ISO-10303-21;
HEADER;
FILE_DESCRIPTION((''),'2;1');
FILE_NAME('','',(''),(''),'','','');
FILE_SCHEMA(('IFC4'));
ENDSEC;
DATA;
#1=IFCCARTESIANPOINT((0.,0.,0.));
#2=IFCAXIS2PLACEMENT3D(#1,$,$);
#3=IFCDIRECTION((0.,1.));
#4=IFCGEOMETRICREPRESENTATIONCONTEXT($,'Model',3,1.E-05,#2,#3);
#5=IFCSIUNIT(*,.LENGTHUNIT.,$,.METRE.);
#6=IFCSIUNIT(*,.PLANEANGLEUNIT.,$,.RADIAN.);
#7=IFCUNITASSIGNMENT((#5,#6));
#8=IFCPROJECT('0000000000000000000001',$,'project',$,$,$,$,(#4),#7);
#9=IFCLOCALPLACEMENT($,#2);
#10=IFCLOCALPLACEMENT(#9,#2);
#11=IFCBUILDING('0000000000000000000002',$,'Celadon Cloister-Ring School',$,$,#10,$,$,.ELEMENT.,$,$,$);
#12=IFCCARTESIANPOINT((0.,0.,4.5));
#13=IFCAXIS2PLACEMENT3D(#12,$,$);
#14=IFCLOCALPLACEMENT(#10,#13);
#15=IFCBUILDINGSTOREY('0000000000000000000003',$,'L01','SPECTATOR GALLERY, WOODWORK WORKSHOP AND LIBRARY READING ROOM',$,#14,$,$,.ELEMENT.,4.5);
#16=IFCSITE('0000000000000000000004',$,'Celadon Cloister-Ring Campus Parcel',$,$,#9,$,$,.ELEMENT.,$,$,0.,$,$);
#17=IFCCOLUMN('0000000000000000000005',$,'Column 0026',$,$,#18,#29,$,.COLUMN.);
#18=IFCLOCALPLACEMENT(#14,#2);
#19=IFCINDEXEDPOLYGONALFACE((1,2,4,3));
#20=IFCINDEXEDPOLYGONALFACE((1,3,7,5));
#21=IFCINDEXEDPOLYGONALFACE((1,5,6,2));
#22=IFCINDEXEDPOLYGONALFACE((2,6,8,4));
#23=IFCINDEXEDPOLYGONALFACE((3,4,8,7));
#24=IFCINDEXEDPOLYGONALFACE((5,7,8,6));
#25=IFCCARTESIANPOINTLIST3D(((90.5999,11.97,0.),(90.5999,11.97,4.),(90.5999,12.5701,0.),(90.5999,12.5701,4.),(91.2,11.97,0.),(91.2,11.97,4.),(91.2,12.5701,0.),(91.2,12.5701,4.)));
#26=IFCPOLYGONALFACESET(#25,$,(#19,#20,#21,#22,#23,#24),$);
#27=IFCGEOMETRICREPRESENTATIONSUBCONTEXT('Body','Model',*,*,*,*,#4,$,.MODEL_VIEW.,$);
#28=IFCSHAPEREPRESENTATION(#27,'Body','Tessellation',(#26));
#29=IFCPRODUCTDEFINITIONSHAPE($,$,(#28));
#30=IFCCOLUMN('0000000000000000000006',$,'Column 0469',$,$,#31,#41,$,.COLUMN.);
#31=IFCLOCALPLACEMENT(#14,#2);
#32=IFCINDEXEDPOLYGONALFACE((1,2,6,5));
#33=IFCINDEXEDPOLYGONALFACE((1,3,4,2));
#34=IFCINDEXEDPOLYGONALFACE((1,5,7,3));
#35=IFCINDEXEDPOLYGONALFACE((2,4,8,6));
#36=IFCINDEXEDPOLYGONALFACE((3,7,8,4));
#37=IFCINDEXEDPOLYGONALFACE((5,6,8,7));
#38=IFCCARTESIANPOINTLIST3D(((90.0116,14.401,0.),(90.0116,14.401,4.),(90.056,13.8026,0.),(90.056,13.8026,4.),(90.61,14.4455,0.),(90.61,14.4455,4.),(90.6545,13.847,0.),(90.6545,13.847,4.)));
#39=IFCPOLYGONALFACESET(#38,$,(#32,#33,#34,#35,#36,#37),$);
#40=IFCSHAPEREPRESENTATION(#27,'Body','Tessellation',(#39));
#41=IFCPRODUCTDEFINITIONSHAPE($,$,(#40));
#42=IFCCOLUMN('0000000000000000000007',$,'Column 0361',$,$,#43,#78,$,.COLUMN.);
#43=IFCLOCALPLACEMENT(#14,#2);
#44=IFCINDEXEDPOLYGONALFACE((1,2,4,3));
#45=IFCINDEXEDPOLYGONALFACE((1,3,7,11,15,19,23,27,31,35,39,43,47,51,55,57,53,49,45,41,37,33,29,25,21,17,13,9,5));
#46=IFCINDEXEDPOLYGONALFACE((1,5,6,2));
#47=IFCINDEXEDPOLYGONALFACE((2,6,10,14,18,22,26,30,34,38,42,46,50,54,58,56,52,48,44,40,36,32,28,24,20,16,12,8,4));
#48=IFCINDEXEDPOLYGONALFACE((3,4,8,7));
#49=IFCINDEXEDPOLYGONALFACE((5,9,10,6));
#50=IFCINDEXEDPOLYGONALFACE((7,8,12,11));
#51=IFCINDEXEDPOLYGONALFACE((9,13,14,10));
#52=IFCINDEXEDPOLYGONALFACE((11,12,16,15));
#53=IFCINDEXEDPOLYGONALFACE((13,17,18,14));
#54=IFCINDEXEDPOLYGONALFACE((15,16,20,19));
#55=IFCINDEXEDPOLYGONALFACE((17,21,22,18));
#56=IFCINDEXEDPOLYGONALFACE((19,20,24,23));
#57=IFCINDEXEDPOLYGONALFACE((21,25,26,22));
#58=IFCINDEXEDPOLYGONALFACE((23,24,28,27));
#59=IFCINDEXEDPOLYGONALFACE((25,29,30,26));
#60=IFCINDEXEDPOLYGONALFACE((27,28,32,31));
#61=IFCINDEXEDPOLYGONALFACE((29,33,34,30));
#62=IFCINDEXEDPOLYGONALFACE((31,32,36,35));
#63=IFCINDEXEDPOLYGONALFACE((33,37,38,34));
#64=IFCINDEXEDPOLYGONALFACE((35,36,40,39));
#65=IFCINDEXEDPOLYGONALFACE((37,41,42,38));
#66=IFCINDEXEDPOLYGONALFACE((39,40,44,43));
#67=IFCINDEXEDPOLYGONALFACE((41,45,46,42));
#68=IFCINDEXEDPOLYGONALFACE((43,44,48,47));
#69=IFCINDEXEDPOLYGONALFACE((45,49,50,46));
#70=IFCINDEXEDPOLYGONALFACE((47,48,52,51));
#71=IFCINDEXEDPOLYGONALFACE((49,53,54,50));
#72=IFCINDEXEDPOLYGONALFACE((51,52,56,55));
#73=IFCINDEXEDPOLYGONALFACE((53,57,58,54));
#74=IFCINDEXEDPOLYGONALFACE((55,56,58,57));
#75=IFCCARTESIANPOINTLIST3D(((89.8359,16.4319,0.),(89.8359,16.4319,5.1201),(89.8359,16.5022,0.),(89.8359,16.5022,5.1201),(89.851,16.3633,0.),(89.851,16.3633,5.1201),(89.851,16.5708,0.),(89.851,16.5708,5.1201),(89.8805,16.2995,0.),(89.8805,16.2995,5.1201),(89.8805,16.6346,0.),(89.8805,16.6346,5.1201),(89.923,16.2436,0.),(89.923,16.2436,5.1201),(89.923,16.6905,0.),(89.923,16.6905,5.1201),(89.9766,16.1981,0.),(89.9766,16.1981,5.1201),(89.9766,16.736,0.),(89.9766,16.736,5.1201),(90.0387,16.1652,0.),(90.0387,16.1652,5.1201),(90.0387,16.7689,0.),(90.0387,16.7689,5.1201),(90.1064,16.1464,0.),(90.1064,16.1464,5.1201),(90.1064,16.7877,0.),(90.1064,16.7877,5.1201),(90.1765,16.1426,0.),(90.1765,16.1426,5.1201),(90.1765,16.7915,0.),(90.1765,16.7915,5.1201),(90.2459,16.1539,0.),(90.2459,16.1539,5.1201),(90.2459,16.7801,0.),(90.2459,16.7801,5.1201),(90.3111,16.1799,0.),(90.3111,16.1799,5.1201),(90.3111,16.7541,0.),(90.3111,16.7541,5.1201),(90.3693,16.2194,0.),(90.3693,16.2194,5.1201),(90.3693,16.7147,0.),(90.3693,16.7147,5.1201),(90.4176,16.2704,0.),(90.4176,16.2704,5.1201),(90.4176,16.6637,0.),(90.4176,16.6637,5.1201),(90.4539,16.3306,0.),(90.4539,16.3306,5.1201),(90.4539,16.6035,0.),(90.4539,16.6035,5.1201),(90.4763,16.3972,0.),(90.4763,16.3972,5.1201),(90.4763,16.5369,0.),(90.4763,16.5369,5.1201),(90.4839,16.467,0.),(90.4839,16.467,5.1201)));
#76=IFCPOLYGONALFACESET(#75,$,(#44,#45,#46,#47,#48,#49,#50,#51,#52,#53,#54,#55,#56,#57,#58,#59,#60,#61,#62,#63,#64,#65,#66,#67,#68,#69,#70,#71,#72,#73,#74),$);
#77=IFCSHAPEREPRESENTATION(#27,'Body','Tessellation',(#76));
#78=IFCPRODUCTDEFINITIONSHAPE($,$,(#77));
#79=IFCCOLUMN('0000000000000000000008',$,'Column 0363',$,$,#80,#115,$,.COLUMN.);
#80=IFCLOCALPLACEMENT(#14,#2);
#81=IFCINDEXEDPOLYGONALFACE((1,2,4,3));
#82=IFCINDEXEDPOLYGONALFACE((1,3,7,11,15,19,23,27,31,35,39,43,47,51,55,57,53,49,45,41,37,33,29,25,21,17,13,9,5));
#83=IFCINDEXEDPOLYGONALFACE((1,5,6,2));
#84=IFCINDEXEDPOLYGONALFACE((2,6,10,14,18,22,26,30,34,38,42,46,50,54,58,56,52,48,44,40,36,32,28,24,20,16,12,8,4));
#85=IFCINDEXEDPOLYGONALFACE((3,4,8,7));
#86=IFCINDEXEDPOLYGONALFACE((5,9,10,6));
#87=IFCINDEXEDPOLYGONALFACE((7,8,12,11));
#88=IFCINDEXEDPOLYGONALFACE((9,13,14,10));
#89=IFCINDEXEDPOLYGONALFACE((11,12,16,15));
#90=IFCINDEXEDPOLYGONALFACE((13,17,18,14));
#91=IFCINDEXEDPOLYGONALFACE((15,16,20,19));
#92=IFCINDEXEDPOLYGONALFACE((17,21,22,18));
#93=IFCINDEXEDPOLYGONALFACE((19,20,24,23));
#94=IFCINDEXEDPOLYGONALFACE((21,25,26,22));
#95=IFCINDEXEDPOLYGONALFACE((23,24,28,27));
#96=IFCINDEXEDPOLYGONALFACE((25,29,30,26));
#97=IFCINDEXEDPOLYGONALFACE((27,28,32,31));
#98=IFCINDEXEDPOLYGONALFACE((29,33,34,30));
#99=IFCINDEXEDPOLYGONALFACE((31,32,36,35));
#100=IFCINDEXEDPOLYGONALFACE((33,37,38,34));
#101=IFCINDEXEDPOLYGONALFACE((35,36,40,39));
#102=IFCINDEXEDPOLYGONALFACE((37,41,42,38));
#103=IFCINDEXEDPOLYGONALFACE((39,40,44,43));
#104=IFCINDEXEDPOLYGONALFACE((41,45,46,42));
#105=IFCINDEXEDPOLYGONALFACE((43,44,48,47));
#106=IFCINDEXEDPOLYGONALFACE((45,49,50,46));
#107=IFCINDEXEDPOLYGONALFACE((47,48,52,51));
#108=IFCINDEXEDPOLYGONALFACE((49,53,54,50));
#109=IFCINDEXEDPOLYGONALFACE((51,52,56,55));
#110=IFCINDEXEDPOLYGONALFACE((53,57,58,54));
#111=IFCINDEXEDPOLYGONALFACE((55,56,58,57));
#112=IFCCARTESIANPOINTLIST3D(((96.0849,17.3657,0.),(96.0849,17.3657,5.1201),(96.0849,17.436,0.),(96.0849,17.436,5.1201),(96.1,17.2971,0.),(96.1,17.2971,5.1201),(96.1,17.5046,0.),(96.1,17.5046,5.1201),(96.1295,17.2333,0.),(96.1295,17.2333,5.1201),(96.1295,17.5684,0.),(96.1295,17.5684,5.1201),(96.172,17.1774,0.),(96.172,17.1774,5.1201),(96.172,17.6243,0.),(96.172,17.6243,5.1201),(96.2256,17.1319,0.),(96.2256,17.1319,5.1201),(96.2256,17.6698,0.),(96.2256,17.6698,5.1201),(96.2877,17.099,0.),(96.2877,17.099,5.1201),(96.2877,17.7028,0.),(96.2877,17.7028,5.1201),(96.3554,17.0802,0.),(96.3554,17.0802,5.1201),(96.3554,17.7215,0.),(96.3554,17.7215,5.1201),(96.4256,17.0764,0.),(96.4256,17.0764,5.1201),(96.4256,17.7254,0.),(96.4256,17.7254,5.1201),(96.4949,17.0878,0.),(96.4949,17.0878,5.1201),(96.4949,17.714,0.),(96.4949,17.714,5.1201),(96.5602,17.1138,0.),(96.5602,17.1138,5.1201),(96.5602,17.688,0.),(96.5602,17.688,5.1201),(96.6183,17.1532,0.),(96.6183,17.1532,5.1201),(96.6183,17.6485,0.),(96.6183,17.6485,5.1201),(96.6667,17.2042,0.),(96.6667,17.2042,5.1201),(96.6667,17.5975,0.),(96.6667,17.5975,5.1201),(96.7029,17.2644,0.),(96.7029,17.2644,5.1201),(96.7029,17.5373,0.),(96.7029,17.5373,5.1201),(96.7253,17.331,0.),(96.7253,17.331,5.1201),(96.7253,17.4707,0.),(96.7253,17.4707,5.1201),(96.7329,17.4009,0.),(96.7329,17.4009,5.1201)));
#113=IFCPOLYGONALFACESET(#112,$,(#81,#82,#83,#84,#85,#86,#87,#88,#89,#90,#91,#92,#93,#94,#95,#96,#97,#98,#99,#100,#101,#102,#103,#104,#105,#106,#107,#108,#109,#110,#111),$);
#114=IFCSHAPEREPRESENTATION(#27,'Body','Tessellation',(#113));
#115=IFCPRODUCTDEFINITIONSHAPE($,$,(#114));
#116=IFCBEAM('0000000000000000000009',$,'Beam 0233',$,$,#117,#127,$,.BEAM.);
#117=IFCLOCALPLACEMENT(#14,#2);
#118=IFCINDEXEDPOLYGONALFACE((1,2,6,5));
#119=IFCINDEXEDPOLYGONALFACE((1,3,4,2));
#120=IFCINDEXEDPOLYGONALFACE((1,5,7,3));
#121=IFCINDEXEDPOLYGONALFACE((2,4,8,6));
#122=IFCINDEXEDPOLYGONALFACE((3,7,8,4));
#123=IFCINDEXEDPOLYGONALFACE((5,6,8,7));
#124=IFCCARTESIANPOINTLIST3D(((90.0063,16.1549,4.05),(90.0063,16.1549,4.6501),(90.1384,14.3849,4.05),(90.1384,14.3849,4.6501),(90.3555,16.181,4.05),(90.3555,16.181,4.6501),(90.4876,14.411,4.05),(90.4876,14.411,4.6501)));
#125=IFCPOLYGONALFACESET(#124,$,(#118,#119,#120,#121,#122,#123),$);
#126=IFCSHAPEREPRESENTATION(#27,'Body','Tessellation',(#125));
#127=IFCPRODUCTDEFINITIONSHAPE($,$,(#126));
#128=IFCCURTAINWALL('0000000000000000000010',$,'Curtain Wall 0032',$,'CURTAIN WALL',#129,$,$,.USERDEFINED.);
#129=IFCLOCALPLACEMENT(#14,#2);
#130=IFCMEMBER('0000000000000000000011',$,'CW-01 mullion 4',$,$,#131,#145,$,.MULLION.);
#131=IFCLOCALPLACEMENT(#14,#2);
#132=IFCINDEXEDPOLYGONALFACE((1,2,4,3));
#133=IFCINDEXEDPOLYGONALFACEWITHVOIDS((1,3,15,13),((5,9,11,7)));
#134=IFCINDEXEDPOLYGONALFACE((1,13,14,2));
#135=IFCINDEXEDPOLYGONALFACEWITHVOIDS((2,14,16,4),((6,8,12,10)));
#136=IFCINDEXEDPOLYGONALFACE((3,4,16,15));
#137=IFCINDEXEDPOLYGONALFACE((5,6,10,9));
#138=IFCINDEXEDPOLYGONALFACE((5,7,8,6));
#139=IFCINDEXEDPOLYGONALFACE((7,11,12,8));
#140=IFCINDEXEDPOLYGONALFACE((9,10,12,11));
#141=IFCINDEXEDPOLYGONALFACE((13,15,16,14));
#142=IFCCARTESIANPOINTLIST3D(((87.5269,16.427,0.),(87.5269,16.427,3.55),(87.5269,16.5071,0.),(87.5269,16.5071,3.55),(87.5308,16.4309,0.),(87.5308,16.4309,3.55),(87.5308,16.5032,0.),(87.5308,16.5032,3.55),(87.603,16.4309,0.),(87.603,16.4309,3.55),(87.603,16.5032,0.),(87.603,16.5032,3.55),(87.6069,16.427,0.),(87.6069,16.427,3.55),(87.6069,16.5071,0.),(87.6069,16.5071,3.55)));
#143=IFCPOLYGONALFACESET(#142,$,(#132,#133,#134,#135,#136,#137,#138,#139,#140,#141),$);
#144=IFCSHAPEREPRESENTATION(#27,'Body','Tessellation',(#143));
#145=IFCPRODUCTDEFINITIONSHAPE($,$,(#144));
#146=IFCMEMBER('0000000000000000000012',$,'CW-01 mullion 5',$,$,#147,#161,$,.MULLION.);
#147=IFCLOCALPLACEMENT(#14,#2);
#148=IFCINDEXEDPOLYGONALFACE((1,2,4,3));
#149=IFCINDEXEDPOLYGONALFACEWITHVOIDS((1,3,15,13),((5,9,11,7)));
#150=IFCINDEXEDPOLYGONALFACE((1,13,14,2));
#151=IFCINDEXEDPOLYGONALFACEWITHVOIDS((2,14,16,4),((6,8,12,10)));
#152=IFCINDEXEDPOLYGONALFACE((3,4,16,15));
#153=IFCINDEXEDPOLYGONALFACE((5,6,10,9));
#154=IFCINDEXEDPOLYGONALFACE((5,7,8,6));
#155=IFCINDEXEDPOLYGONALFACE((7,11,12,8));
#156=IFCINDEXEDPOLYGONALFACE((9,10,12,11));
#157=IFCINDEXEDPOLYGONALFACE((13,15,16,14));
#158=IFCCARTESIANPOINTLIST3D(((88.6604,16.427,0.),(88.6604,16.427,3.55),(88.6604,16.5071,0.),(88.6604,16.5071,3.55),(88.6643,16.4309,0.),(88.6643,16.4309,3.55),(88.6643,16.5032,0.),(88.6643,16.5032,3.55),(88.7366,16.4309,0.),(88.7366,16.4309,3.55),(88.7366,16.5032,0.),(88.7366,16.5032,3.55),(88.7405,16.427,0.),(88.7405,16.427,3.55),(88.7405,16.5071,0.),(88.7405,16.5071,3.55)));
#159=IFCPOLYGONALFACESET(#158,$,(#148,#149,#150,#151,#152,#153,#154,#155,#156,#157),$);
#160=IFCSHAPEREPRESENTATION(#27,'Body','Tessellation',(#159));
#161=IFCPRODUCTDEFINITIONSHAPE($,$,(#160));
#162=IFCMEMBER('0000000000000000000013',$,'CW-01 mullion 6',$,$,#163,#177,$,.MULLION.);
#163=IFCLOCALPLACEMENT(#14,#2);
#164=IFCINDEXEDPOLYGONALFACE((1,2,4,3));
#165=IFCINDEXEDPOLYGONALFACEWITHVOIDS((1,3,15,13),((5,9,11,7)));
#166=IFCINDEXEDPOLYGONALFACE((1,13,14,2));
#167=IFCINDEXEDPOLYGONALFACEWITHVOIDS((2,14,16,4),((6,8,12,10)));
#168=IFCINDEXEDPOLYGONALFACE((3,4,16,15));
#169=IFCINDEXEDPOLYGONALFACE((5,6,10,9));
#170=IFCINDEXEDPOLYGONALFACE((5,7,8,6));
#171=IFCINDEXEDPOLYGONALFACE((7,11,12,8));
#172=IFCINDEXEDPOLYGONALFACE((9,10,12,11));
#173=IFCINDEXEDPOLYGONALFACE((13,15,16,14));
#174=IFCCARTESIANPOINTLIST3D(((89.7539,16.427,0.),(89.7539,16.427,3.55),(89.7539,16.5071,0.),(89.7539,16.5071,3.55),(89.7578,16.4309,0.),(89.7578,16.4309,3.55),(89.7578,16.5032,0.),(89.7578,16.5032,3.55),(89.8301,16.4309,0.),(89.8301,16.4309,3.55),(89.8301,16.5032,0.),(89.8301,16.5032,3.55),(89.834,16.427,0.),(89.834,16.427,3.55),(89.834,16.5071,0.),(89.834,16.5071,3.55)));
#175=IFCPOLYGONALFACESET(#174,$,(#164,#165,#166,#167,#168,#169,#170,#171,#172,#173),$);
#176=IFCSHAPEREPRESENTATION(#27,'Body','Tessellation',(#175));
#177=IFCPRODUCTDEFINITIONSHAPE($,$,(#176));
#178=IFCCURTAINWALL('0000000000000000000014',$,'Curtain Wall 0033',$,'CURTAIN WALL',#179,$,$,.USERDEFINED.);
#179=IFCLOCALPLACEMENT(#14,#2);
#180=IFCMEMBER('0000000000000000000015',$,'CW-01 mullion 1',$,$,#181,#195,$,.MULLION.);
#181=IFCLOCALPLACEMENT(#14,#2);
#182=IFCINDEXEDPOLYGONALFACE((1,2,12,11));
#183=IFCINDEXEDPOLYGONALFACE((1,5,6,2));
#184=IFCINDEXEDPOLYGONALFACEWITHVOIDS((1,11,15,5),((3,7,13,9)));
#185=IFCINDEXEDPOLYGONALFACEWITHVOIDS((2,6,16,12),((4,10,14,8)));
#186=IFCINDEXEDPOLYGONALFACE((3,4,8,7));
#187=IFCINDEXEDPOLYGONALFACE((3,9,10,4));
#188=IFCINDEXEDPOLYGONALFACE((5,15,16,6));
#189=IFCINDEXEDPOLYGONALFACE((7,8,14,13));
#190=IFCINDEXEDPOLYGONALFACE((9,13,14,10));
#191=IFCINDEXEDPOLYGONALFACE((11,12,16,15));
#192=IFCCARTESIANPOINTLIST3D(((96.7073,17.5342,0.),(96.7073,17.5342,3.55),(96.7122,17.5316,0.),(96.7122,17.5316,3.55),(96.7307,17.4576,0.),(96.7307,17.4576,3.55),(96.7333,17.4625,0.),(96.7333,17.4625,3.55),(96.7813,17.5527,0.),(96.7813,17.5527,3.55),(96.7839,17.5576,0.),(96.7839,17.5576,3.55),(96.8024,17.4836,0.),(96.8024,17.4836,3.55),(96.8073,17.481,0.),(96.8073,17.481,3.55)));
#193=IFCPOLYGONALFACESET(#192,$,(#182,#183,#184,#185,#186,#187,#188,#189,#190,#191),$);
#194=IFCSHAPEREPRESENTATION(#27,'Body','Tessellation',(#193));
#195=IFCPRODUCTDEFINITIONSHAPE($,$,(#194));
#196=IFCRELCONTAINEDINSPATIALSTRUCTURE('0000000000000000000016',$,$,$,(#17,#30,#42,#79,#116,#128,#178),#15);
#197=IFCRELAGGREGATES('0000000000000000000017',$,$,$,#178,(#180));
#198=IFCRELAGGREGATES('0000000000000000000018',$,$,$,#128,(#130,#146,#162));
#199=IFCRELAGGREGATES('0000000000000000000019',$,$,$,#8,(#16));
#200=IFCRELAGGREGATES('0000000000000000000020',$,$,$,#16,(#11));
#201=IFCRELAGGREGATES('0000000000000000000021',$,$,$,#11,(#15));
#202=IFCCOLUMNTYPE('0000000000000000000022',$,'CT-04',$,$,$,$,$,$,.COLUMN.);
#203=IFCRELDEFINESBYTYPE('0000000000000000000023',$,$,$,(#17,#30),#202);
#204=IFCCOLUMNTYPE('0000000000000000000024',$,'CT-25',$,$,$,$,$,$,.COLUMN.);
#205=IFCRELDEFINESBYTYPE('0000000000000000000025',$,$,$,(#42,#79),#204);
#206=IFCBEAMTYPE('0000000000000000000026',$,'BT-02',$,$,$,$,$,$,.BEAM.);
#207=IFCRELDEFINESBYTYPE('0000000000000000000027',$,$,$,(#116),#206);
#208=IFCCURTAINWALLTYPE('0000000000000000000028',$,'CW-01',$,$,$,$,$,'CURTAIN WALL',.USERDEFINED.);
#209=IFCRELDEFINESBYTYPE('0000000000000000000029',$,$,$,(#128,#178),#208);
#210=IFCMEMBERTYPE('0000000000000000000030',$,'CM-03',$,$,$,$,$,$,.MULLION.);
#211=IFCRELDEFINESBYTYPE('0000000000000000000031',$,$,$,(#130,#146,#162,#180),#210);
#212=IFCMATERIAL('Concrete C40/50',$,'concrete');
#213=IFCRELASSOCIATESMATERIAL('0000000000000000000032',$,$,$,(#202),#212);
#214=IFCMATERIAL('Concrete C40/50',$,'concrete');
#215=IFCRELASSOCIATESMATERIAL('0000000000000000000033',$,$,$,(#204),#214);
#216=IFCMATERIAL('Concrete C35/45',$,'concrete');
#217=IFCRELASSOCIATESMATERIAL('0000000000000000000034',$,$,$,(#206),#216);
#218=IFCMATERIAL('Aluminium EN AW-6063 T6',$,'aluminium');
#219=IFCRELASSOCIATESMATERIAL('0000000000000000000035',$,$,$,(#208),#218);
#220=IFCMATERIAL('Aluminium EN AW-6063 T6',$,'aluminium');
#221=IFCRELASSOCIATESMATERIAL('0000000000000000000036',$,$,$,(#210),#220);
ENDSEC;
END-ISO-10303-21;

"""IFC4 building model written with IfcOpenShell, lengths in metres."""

from ifc_helpers import new_model, si_unit, direction, frame, origin, origin_2d, place, context, subcontext, project, spatial, rectangle, hollow_rectangle, circle, extrude, material, material_profile, profile_set, type_object, element, aggregate, save


model = new_model("IFC4")

# Units and contexts
model_context = context("Model", 3, precision=1e-05, world=origin(), true_north=direction((0.0, 1.0)))
body_context = subcontext(model_context, "Body", "Model", "MODEL_VIEW")
ifc_project = project(units=[si_unit("LENGTHUNIT", "METRE"), si_unit("PLANEANGLEUNIT", "RADIAN")], contexts=[model_context])

# Site, building, storey
site_placement = place(None, origin())
site = spatial("IfcSite", under=ifc_project, at=site_placement, Name="Celadon Cloister-Ring Campus Parcel", CompositionType="ELEMENT", RefElevation=0.0)
building_placement = place(site_placement, origin())
building = spatial("IfcBuilding", under=site, at=building_placement, Name="Celadon Cloister-Ring School", CompositionType="ELEMENT")
storey_placement = place(building_placement, frame((0.0, 0.0, 4.5)))
storey = spatial("IfcBuildingStorey", under=building, at=storey_placement, Name="L01", Description="SPECTATOR GALLERY, WOODWORK WORKSHOP AND LIBRARY READING ROOM", CompositionType="ELEMENT", Elevation=4.5)

# Columns
ifc_material_1 = material(Name="Concrete C40/50", Category="concrete")
ifc_material_profile_1 = material_profile(ifc_material_1, rectangle(XDim=0.6001, YDim=0.6001, at=origin_2d()), Name="RC600X600")
ifc_profile_set_1 = profile_set([ifc_material_profile_1], Name="Concrete C40/50")
column_type_1 = type_object("IfcColumnType", Name="CT-04", PredefinedType="COLUMN", material=ifc_profile_set_1)
for number, where, z_axis, x_axis, name in (
    (1, (90.8999, 12.27, 0.0), (0.0, 0.0, 1.0), (1.0, 0.0, 0.0), "Column 0026"),
    (2, (90.333, 14.124, 0.0), (0.0, 0.0, 1.0), (0.074074, -0.997253, 0.0), "Column 0469"),
):
    element("IfcColumn", number, at=place(storey_placement, frame(where, z_axis=z_axis, x_axis=x_axis)), inside=storey, type_object=column_type_1, Name=name, PredefinedType="COLUMN", context=body_context, shape_type="SweptSolid", body=[
        extrude(rectangle(XDim=0.6001, YDim=0.6001, at=origin_2d()), origin(), (0.0, 0.0, 1.0), 4.0),
    ])
ifc_material_2 = material(Name="Concrete C40/50", Category="concrete")
ifc_material_profile_2 = material_profile(ifc_material_2, circle(Radius=0.325, at=origin_2d()), Name="CIRC650")
ifc_profile_set_2 = profile_set([ifc_material_profile_2], Name="Concrete C40/50")
column_type_2 = type_object("IfcColumnType", Name="CT-25", PredefinedType="COLUMN", material=ifc_profile_set_2)
for number, where, z_axis, x_axis, name in (
    (3, (90.1589, 16.467, 0.0), (0.0, 0.0, 1.0), (1.0, 0.0, 0.0), "Column 0361"),
    (4, (96.408, 17.4009, 0.0), (0.0, 0.0, 1.0), (1.0, 0.0, 0.0), "Column 0363"),
):
    element("IfcColumn", number, at=place(storey_placement, frame(where, z_axis=z_axis, x_axis=x_axis)), inside=storey, type_object=column_type_2, Name=name, PredefinedType="COLUMN", context=body_context, shape_type="SweptSolid", body=[
        extrude(circle(Radius=0.325, at=origin_2d()), origin(), (0.0, 0.0, 1.0), 5.1201),
    ])

# Beam
ifc_material_3 = material(Name="Concrete C35/45", Category="concrete")
ifc_material_profile_3 = material_profile(ifc_material_3, rectangle(XDim=0.3501, YDim=0.6001, at=origin_2d()), Name="RC350X600")
ifc_profile_set_3 = profile_set([ifc_material_profile_3], Name="Concrete C35/45")
beam_type_1 = type_object("IfcBeamType", Name="BT-02", PredefinedType="BEAM", material=ifc_profile_set_3)
beam_1_placement = place(storey_placement, frame((90.313, 14.3979, 4.3501), z_axis=(-0.074414, 0.997227, 0.0), x_axis=(-0.997227, -0.074414, 0.0)))
element("IfcBeam", 5, at=beam_1_placement, inside=storey, type_object=beam_type_1, Name="Beam 0233", PredefinedType="BEAM", context=body_context, shape_type="SweptSolid", body=[
    extrude(rectangle(XDim=0.3501, YDim=0.6001, at=origin_2d()), origin(), (0.0, 0.0, 1.0), 1.7749),
])

# Curtain wall, members
ifc_material_4 = material(Name="Aluminium EN AW-6063 T6", Category="aluminium")
curtain_wall_type = type_object("IfcCurtainWallType", Name="CW-01", ElementType="CURTAIN WALL", PredefinedType="USERDEFINED", material=ifc_material_4)
curtain_wall_1_placement = place(storey_placement, origin())
curtain_wall_1 = element("IfcCurtainWall", 6, at=curtain_wall_1_placement, inside=storey, type_object=curtain_wall_type, Name="Curtain Wall 0032", ObjectType="CURTAIN WALL", PredefinedType="USERDEFINED")
ifc_material_5 = material(Name="Aluminium EN AW-6063 T6", Category="aluminium")
ifc_material_profile_4 = material_profile(ifc_material_5, hollow_rectangle(XDim=0.0801, YDim=0.0801, WallThickness=0.0039, at=origin_2d()), Name="RHS80X80X4")
ifc_profile_set_4 = profile_set([ifc_material_profile_4], Name="Aluminium EN AW-6063 T6")
member_type_1 = type_object("IfcMemberType", Name="CM-03", PredefinedType="MULLION", material=ifc_profile_set_4)
member_1_placement = place(storey_placement, frame((87.5669, 16.467, 0.0), z_axis=(0.0, 0.0, 1.0), x_axis=(0.0, 1.0, 0.0)))
member_1 = element("IfcMember", 7, at=member_1_placement, type_object=member_type_1, Name="CW-01 mullion 4", PredefinedType="MULLION", context=body_context, shape_type="SweptSolid", body=[
    extrude(hollow_rectangle(XDim=0.0801, YDim=0.0801, WallThickness=0.0039, at=origin_2d()), origin(), (0.0, 0.0, 1.0), 3.55),
])
member_2_placement = place(storey_placement, frame((88.7004, 16.467, 0.0), z_axis=(0.0, 0.0, 1.0), x_axis=(0.0, 1.0, 0.0)))
member_2 = element("IfcMember", 8, at=member_2_placement, type_object=member_type_1, Name="CW-01 mullion 5", PredefinedType="MULLION", context=body_context, shape_type="SweptSolid", body=[
    extrude(hollow_rectangle(XDim=0.0801, YDim=0.0801, WallThickness=0.0039, at=origin_2d()), origin(), (0.0, 0.0, 1.0), 3.55),
])
member_3_placement = place(storey_placement, frame((89.7939, 16.467, 0.0), z_axis=(0.0, 0.0, 1.0), x_axis=(0.0, 1.0, 0.0)))
member_3 = element("IfcMember", 9, at=member_3_placement, type_object=member_type_1, Name="CW-01 mullion 6", PredefinedType="MULLION", context=body_context, shape_type="SweptSolid", body=[
    extrude(hollow_rectangle(XDim=0.0801, YDim=0.0801, WallThickness=0.0039, at=origin_2d()), origin(), (0.0, 0.0, 1.0), 3.55),
])

# Curtain wall, member
curtain_wall_2_placement = place(storey_placement, origin())
curtain_wall_2 = element("IfcCurtainWall", 10, at=curtain_wall_2_placement, inside=storey, type_object=curtain_wall_type, Name="Curtain Wall 0033", ObjectType="CURTAIN WALL", PredefinedType="USERDEFINED")
member_4_placement = place(storey_placement, frame((96.7573, 17.5076, 0.0), z_axis=(0.0, 0.0, 1.0), x_axis=(-0.292151, 0.956372, 0.0)))
member_4 = element("IfcMember", 11, at=member_4_placement, type_object=member_type_1, Name="CW-01 mullion 1", PredefinedType="MULLION", context=body_context, shape_type="SweptSolid", body=[
    extrude(hollow_rectangle(XDim=0.0801, YDim=0.0801, WallThickness=0.0039, at=origin_2d()), origin(), (0.0, 0.0, 1.0), 3.55),
])
aggregate(curtain_wall_2, [member_4])

aggregate(curtain_wall_1, [member_1, member_2, member_3])

save(model, "model.ifc")
